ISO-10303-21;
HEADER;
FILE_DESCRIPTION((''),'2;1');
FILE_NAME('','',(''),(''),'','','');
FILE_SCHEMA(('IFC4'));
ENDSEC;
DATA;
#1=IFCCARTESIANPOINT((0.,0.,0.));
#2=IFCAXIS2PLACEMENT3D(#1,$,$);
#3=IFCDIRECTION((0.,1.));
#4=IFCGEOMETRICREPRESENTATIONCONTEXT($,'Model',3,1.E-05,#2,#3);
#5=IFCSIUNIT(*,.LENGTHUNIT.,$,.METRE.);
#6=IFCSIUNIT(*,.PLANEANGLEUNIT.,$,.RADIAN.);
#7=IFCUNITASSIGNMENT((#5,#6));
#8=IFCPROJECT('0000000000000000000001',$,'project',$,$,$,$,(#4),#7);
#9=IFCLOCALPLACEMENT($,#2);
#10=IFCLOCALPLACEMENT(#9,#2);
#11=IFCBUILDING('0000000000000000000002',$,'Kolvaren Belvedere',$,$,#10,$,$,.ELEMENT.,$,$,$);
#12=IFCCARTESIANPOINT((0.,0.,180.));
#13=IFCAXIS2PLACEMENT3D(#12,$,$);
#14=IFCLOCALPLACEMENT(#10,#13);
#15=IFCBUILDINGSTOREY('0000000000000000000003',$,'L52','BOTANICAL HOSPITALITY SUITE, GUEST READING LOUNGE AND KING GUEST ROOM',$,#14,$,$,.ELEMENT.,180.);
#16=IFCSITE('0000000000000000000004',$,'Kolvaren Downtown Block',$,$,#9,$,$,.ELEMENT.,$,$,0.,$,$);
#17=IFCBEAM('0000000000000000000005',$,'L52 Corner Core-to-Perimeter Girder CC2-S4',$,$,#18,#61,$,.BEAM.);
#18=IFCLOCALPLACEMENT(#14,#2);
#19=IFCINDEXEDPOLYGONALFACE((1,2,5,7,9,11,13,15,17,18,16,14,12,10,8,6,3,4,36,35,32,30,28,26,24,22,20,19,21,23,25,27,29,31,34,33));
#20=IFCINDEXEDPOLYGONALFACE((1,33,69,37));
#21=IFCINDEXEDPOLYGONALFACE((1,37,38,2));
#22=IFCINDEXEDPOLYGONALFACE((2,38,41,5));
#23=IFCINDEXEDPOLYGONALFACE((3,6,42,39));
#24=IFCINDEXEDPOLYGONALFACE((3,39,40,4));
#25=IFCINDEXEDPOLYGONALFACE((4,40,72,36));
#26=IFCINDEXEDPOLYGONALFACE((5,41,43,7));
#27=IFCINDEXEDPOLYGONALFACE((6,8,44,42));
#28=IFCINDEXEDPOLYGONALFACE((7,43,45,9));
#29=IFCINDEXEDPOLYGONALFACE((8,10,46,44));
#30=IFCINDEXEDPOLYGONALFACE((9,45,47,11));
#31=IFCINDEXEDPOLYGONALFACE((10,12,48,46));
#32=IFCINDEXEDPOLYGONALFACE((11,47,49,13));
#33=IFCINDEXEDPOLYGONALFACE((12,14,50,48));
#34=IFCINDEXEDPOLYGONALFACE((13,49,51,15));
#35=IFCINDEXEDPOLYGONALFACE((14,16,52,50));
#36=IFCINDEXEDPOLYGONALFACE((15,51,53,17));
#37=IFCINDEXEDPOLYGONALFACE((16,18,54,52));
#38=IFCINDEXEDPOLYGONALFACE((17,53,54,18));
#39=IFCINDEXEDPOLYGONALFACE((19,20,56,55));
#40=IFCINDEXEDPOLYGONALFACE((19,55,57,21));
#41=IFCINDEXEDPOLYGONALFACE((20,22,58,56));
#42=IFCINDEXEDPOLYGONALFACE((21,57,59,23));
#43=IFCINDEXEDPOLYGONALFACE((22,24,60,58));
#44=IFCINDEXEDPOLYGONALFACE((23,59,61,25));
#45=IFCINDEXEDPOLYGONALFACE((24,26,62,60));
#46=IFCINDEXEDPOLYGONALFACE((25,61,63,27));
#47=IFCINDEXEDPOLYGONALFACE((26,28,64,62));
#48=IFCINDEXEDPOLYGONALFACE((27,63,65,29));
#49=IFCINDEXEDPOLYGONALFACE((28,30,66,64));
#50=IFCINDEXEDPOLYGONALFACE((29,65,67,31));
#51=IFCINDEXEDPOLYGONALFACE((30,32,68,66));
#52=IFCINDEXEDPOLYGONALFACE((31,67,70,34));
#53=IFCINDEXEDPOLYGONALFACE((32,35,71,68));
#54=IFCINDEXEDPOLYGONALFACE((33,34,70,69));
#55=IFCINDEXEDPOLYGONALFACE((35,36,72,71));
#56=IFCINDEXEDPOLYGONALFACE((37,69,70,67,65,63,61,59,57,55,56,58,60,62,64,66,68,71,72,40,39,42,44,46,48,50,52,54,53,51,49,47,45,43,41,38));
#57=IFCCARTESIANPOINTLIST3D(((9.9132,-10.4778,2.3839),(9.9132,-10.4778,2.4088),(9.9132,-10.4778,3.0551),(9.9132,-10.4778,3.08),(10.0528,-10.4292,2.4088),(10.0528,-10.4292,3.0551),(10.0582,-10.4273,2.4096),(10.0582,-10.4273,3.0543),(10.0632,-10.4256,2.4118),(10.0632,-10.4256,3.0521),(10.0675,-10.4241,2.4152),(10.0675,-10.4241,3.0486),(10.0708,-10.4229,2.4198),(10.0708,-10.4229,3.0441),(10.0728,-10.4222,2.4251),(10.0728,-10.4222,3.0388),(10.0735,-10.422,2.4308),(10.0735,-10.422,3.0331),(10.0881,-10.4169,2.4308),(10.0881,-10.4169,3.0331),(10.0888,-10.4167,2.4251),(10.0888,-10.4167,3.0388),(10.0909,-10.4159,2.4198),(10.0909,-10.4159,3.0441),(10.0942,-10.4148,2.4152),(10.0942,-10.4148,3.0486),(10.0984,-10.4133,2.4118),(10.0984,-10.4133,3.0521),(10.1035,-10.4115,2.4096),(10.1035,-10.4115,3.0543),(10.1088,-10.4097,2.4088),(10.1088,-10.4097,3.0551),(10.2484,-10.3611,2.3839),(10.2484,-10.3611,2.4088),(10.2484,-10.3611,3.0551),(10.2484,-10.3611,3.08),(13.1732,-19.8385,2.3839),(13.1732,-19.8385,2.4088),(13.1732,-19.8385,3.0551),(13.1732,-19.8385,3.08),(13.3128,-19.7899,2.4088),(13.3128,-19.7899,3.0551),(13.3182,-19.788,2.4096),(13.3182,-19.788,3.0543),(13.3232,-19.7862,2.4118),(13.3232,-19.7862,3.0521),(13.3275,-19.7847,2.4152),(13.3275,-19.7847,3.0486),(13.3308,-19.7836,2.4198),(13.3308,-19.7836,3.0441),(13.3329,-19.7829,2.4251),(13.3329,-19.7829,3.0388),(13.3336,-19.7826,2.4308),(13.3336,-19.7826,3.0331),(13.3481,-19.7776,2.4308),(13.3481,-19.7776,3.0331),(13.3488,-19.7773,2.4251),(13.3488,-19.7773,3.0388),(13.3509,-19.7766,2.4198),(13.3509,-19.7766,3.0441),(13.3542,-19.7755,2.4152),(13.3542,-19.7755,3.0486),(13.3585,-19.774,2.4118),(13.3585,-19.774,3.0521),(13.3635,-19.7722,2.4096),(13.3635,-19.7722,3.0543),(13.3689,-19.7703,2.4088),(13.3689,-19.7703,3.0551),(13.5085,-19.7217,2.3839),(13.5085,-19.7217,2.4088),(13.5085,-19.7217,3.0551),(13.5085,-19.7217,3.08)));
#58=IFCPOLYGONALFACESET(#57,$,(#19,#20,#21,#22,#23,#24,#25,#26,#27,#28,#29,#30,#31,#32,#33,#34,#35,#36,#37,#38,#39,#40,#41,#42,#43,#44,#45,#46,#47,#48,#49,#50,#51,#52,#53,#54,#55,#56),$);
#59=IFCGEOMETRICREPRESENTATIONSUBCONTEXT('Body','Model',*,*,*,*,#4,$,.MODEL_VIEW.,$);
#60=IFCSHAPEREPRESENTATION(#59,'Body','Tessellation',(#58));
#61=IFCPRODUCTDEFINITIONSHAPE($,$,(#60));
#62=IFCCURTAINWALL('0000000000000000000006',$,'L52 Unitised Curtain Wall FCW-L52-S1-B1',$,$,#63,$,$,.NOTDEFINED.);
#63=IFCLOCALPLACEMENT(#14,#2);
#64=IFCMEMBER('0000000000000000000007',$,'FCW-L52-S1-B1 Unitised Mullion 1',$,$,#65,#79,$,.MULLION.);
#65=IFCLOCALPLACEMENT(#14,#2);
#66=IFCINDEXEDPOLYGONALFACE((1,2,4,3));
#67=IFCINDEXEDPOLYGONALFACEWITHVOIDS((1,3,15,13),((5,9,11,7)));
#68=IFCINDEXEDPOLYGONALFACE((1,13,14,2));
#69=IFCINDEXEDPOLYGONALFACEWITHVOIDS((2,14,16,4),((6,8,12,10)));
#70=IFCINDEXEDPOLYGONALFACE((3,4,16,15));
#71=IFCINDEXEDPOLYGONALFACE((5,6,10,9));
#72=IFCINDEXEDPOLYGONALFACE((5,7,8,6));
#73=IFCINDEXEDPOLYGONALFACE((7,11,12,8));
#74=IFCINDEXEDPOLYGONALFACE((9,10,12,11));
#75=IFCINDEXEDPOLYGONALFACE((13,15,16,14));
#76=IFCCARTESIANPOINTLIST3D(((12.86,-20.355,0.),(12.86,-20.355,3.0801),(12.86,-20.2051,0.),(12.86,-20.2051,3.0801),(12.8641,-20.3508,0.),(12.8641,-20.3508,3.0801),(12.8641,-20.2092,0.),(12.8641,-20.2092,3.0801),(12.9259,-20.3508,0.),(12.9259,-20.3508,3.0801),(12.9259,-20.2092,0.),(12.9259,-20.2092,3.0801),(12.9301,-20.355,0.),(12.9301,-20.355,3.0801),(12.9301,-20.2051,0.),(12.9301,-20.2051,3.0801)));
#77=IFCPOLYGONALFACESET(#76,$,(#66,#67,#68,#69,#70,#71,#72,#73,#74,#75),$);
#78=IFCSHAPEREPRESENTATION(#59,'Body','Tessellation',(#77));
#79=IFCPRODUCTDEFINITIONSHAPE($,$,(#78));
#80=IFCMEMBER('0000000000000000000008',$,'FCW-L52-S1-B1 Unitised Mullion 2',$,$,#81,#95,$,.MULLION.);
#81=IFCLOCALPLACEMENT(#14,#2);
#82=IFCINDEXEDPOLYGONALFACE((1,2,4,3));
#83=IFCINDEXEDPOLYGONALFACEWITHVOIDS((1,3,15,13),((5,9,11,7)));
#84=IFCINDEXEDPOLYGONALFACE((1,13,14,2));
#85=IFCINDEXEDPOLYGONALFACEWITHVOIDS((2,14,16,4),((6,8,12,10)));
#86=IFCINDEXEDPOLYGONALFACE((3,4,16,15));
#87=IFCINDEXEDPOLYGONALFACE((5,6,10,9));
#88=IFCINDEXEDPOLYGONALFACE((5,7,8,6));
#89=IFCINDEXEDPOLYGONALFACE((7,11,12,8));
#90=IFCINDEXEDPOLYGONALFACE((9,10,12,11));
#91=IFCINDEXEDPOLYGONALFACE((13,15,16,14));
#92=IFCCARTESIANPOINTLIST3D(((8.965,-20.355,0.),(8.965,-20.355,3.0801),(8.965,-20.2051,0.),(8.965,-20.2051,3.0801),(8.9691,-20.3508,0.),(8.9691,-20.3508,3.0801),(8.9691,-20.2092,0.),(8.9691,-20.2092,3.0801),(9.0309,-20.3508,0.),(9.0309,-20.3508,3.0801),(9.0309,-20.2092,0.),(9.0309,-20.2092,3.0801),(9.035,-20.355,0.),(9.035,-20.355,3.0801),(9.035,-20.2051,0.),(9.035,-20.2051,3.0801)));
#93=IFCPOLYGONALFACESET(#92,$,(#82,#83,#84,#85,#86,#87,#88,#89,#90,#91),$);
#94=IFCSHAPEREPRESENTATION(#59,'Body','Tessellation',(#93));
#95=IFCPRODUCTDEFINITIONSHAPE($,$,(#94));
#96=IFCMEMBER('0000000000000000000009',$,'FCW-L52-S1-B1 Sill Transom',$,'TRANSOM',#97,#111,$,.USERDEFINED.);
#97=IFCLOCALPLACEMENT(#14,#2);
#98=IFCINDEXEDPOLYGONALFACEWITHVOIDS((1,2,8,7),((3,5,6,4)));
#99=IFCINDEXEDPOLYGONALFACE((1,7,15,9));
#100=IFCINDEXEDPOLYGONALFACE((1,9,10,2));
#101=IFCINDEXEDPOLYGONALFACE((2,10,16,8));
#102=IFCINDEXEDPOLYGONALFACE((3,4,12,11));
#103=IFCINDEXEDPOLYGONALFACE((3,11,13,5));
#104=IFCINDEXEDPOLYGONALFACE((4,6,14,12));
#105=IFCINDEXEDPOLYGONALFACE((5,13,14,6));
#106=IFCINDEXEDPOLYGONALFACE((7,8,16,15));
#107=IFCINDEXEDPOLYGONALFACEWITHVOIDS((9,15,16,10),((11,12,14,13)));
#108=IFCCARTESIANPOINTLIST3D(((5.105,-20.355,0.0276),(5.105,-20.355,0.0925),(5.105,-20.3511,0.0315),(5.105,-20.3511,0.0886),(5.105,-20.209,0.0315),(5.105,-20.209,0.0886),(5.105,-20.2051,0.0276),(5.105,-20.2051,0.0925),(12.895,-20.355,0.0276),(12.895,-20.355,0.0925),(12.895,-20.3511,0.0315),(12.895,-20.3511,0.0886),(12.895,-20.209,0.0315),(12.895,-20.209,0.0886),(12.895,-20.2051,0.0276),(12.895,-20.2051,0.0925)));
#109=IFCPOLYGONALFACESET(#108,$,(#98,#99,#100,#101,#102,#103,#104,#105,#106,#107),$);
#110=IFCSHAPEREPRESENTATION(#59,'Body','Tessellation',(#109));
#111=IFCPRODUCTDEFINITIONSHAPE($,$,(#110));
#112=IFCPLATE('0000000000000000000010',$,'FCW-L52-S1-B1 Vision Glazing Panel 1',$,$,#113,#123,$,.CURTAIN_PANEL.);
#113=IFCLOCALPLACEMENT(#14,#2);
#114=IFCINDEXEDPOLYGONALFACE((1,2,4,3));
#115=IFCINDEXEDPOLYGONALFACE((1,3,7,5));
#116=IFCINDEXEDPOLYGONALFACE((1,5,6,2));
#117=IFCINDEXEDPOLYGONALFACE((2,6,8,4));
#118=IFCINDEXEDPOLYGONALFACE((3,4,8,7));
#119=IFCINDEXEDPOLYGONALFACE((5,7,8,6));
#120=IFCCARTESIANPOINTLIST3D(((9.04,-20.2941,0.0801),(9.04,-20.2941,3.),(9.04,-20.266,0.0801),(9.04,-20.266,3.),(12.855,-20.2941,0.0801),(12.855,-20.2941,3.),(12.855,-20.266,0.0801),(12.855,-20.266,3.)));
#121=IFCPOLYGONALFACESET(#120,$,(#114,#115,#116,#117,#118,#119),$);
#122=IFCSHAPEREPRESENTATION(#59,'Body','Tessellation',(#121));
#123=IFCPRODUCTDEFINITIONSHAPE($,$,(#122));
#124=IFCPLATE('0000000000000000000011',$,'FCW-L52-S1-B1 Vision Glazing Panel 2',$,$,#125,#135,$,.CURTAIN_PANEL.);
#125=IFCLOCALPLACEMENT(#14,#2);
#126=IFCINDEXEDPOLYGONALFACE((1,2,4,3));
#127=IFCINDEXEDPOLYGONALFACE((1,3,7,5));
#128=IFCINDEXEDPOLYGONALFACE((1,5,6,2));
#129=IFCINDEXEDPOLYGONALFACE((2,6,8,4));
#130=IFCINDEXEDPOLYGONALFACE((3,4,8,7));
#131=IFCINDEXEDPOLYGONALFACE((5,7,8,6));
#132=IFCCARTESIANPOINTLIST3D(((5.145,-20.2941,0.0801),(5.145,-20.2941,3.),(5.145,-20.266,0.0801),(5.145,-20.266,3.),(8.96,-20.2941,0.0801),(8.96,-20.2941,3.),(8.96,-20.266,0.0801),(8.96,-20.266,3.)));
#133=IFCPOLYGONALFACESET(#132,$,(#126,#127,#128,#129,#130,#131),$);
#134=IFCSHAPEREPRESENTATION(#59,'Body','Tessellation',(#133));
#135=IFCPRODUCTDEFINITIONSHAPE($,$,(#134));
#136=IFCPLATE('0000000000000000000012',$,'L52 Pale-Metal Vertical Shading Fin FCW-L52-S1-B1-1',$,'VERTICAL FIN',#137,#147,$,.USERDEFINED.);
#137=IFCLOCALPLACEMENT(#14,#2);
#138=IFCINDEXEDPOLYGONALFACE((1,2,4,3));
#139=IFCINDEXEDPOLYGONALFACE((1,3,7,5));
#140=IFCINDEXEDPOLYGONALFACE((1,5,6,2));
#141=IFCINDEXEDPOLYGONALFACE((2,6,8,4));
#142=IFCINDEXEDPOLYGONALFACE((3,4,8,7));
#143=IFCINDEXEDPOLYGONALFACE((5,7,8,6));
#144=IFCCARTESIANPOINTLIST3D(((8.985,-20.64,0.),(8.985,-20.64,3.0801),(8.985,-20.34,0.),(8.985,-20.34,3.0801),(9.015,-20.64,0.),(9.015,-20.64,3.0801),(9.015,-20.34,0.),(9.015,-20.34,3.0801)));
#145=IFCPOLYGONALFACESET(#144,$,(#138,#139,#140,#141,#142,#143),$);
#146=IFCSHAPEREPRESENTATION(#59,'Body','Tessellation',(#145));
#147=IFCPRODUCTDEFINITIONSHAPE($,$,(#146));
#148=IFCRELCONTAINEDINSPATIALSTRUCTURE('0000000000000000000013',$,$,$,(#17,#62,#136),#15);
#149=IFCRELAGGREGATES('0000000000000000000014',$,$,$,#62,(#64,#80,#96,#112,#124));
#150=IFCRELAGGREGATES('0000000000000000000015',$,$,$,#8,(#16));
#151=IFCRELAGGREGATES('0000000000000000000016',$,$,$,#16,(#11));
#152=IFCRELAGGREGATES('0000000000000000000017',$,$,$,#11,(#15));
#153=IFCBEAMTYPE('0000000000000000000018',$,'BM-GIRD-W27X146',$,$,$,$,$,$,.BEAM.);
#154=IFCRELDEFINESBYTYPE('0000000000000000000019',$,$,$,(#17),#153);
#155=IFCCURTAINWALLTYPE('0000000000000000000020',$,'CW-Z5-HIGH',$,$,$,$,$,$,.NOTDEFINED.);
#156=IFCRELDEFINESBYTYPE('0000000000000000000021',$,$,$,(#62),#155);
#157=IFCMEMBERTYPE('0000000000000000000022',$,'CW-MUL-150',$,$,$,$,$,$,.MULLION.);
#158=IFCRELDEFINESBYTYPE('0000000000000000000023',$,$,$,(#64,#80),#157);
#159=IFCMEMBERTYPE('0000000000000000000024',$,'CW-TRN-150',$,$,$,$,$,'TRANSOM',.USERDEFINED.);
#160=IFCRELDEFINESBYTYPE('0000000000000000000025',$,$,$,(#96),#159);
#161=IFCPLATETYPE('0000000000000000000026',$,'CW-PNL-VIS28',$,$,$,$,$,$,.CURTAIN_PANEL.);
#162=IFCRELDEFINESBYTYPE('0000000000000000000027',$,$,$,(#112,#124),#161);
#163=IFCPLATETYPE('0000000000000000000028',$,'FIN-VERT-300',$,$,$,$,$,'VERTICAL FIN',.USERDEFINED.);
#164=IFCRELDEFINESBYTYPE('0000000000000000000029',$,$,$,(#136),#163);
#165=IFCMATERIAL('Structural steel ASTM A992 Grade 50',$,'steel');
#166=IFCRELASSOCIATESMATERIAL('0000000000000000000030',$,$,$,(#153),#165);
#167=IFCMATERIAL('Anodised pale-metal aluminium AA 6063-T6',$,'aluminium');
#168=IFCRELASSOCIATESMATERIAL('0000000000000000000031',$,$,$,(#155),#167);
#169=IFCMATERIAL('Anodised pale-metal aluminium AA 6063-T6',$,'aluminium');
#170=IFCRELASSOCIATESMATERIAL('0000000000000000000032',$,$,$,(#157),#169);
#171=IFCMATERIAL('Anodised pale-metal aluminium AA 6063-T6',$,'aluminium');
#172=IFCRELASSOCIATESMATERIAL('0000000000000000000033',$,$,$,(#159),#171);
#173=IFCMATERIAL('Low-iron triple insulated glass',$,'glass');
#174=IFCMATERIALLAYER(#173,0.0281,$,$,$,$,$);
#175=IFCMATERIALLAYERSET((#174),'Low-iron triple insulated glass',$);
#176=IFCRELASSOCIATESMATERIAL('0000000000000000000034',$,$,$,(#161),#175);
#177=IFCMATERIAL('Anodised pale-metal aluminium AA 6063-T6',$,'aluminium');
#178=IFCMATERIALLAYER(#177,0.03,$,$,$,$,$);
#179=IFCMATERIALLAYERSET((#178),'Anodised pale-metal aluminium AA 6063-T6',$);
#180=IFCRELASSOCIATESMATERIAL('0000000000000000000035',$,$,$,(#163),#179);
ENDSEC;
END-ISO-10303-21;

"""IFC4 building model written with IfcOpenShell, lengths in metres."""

from ifc_helpers import new_model, si_unit, direction, frame, origin, origin_2d, place, context, subcontext, project, spatial, rectangle, hollow_rectangle, i_section, extrude, material, layer, layer_set, material_profile, profile_set, type_object, element, aggregate, save


model = new_model("IFC4")

# Units and contexts
model_context = context("Model", 3, precision=1e-05, world=origin(), true_north=direction((0.0, 1.0)))
body_context = subcontext(model_context, "Body", "Model", "MODEL_VIEW")
ifc_project = project(units=[si_unit("LENGTHUNIT", "METRE"), si_unit("PLANEANGLEUNIT", "RADIAN")], contexts=[model_context])

# Site, building, storey
site_placement = place(None, origin())
site = spatial("IfcSite", under=ifc_project, at=site_placement, Name="Kolvaren Downtown Block", CompositionType="ELEMENT", RefElevation=0.0)
building_placement = place(site_placement, origin())
building = spatial("IfcBuilding", under=site, at=building_placement, Name="Kolvaren Belvedere", CompositionType="ELEMENT")
storey_placement = place(building_placement, frame((0.0, 0.0, 180.0)))
storey = spatial("IfcBuildingStorey", under=building, at=storey_placement, Name="L52", Description="BOTANICAL HOSPITALITY SUITE, GUEST READING LOUNGE AND KING GUEST ROOM", CompositionType="ELEMENT", Elevation=180.0)

# Beam
ifc_material_1 = material(Name="Structural steel ASTM A992 Grade 50", Category="steel")
ifc_material_profile_1 = material_profile(ifc_material_1, i_section(OverallWidth=0.355, OverallDepth=0.696, WebThickness=0.0154, FlangeThickness=0.0249, FilletRadius=0.022, at=origin_2d()), Name="W27X146")
ifc_profile_set_1 = profile_set([ifc_material_profile_1], Name="Structural steel ASTM A992 Grade 50")
beam_type = type_object("IfcBeamType", Name="BM-GIRD-W27X146", PredefinedType="BEAM", material=ifc_profile_set_1)
beam_placement = place(storey_placement, frame((10.0808, -10.4194, 2.7319), z_axis=(0.328894, -0.944367, 0.0), x_axis=(0.944367, 0.328894, 0.0)))
element("IfcBeam", 1, at=beam_placement, inside=storey, type_object=beam_type, Name="L52 Corner Core-to-Perimeter Girder CC2-S4", PredefinedType="BEAM", context=body_context, shape_type="SweptSolid", body=[
    extrude(i_section(OverallWidth=0.355, OverallDepth=0.696, WebThickness=0.0154, FlangeThickness=0.0249, FilletRadius=0.022, at=origin_2d()), origin(), (0.0, 0.0, 1.0), 9.9121),
])

# Curtain wall, members, plates
ifc_material_2 = material(Name="Anodised pale-metal aluminium AA 6063-T6", Category="aluminium")
curtain_wall_type = type_object("IfcCurtainWallType", Name="CW-Z5-HIGH", PredefinedType="NOTDEFINED", material=ifc_material_2)
curtain_wall_placement = place(storey_placement, origin())
curtain_wall = element("IfcCurtainWall", 2, at=curtain_wall_placement, inside=storey, type_object=curtain_wall_type, Name="L52 Unitised Curtain Wall FCW-L52-S1-B1", PredefinedType="NOTDEFINED")
ifc_material_3 = material(Name="Anodised pale-metal aluminium AA 6063-T6", Category="aluminium")
ifc_material_profile_2 = material_profile(ifc_material_3, hollow_rectangle(XDim=0.0701, YDim=0.1499, WallThickness=0.0042, at=origin_2d()), Name="ALU-MUL-150X70")
ifc_profile_set_2 = profile_set([ifc_material_profile_2], Name="Anodised pale-metal aluminium AA 6063-T6")
member_type_1 = type_object("IfcMemberType", Name="CW-MUL-150", PredefinedType="MULLION", material=ifc_profile_set_2)
member_1_placement = place(storey_placement, frame((12.895, -20.28, 0.0), z_axis=(0.0, 0.0, 1.0), x_axis=(1.0, 0.0, 0.0)))
member_1 = element("IfcMember", 3, at=member_1_placement, type_object=member_type_1, Name="FCW-L52-S1-B1 Unitised Mullion 1", PredefinedType="MULLION", context=body_context, shape_type="SweptSolid", body=[
    extrude(hollow_rectangle(XDim=0.0701, YDim=0.1499, WallThickness=0.0042, at=origin_2d()), origin(), (0.0, 0.0, 1.0), 3.0801),
])
member_2_placement = place(storey_placement, frame((9.0, -20.28, 0.0), z_axis=(0.0, 0.0, 1.0), x_axis=(1.0, 0.0, 0.0)))
member_2 = element("IfcMember", 4, at=member_2_placement, type_object=member_type_1, Name="FCW-L52-S1-B1 Unitised Mullion 2", PredefinedType="MULLION", context=body_context, shape_type="SweptSolid", body=[
    extrude(hollow_rectangle(XDim=0.0701, YDim=0.1499, WallThickness=0.0042, at=origin_2d()), origin(), (0.0, 0.0, 1.0), 3.0801),
])
ifc_material_4 = material(Name="Anodised pale-metal aluminium AA 6063-T6", Category="aluminium")
ifc_material_profile_3 = material_profile(ifc_material_4, hollow_rectangle(XDim=0.0649, YDim=0.1499, WallThickness=0.0039, at=origin_2d()), Name="ALU-TRN-150X65")
ifc_profile_set_3 = profile_set([ifc_material_profile_3], Name="Anodised pale-metal aluminium AA 6063-T6")
member_type_2 = type_object("IfcMemberType", Name="CW-TRN-150", ElementType="TRANSOM", PredefinedType="USERDEFINED", material=ifc_profile_set_3)
member_3_placement = place(storey_placement, frame((12.895, -20.28, 0.0601), z_axis=(-1.0, 0.0, 0.0), x_axis=(0.0, 0.0, 1.0)))
member_3 = element("IfcMember", 5, at=member_3_placement, type_object=member_type_2, Name="FCW-L52-S1-B1 Sill Transom", ObjectType="TRANSOM", PredefinedType="USERDEFINED", context=body_context, shape_type="SweptSolid", body=[
    extrude(hollow_rectangle(XDim=0.0649, YDim=0.1499, WallThickness=0.0039, at=origin_2d()), origin(), (0.0, 0.0, 1.0), 7.79),
])
ifc_material_5 = material(Name="Low-iron triple insulated glass", Category="glass")
ifc_layer_1 = layer(ifc_material_5, 0.0281)
ifc_layer_set_1 = layer_set([ifc_layer_1], Name="Low-iron triple insulated glass")
plate_type_1 = type_object("IfcPlateType", Name="CW-PNL-VIS28", PredefinedType="CURTAIN_PANEL", material=ifc_layer_set_1)
plate_1_placement = place(storey_placement, frame((10.9475, -20.28, 0.0801), z_axis=(0.0, 0.0, 1.0), x_axis=(-1.0, 0.0, 0.0)))
plate_1 = element("IfcPlate", 6, at=plate_1_placement, type_object=plate_type_1, Name="FCW-L52-S1-B1 Vision Glazing Panel 1", PredefinedType="CURTAIN_PANEL", context=body_context, shape_type="SweptSolid", body=[
    extrude(rectangle(XDim=3.8149, YDim=0.0281, at=origin_2d()), origin(), (0.0, 0.0, 1.0), 2.9199),
])
plate_2_placement = place(storey_placement, frame((7.0525, -20.28, 0.0801), z_axis=(0.0, 0.0, 1.0), x_axis=(-1.0, 0.0, 0.0)))
plate_2 = element("IfcPlate", 7, at=plate_2_placement, type_object=plate_type_1, Name="FCW-L52-S1-B1 Vision Glazing Panel 2", PredefinedType="CURTAIN_PANEL", context=body_context, shape_type="SweptSolid", body=[
    extrude(rectangle(XDim=3.8149, YDim=0.0281, at=origin_2d()), origin(), (0.0, 0.0, 1.0), 2.9199),
])
aggregate(curtain_wall, [member_1, member_2, member_3, plate_1, plate_2])

# Plate
ifc_material_6 = material(Name="Anodised pale-metal aluminium AA 6063-T6", Category="aluminium")
ifc_layer_2 = layer(ifc_material_6, 0.03)
ifc_layer_set_2 = layer_set([ifc_layer_2], Name="Anodised pale-metal aluminium AA 6063-T6")
plate_type_2 = type_object("IfcPlateType", Name="FIN-VERT-300", ElementType="VERTICAL FIN", PredefinedType="USERDEFINED", material=ifc_layer_set_2)
plate_3_placement = place(storey_placement, frame((9.0, -20.49, 0.0), z_axis=(0.0, 0.0, 1.0), x_axis=(0.0, 1.0, 0.0)))
element("IfcPlate", 8, at=plate_3_placement, inside=storey, type_object=plate_type_2, Name="L52 Pale-Metal Vertical Shading Fin FCW-L52-S1-B1-1", ObjectType="VERTICAL FIN", PredefinedType="USERDEFINED", context=body_context, shape_type="SweptSolid", body=[
    extrude(rectangle(XDim=0.3, YDim=0.03, at=origin_2d()), origin(), (0.0, 0.0, 1.0), 3.0801),
])

save(model, "model.ifc")
